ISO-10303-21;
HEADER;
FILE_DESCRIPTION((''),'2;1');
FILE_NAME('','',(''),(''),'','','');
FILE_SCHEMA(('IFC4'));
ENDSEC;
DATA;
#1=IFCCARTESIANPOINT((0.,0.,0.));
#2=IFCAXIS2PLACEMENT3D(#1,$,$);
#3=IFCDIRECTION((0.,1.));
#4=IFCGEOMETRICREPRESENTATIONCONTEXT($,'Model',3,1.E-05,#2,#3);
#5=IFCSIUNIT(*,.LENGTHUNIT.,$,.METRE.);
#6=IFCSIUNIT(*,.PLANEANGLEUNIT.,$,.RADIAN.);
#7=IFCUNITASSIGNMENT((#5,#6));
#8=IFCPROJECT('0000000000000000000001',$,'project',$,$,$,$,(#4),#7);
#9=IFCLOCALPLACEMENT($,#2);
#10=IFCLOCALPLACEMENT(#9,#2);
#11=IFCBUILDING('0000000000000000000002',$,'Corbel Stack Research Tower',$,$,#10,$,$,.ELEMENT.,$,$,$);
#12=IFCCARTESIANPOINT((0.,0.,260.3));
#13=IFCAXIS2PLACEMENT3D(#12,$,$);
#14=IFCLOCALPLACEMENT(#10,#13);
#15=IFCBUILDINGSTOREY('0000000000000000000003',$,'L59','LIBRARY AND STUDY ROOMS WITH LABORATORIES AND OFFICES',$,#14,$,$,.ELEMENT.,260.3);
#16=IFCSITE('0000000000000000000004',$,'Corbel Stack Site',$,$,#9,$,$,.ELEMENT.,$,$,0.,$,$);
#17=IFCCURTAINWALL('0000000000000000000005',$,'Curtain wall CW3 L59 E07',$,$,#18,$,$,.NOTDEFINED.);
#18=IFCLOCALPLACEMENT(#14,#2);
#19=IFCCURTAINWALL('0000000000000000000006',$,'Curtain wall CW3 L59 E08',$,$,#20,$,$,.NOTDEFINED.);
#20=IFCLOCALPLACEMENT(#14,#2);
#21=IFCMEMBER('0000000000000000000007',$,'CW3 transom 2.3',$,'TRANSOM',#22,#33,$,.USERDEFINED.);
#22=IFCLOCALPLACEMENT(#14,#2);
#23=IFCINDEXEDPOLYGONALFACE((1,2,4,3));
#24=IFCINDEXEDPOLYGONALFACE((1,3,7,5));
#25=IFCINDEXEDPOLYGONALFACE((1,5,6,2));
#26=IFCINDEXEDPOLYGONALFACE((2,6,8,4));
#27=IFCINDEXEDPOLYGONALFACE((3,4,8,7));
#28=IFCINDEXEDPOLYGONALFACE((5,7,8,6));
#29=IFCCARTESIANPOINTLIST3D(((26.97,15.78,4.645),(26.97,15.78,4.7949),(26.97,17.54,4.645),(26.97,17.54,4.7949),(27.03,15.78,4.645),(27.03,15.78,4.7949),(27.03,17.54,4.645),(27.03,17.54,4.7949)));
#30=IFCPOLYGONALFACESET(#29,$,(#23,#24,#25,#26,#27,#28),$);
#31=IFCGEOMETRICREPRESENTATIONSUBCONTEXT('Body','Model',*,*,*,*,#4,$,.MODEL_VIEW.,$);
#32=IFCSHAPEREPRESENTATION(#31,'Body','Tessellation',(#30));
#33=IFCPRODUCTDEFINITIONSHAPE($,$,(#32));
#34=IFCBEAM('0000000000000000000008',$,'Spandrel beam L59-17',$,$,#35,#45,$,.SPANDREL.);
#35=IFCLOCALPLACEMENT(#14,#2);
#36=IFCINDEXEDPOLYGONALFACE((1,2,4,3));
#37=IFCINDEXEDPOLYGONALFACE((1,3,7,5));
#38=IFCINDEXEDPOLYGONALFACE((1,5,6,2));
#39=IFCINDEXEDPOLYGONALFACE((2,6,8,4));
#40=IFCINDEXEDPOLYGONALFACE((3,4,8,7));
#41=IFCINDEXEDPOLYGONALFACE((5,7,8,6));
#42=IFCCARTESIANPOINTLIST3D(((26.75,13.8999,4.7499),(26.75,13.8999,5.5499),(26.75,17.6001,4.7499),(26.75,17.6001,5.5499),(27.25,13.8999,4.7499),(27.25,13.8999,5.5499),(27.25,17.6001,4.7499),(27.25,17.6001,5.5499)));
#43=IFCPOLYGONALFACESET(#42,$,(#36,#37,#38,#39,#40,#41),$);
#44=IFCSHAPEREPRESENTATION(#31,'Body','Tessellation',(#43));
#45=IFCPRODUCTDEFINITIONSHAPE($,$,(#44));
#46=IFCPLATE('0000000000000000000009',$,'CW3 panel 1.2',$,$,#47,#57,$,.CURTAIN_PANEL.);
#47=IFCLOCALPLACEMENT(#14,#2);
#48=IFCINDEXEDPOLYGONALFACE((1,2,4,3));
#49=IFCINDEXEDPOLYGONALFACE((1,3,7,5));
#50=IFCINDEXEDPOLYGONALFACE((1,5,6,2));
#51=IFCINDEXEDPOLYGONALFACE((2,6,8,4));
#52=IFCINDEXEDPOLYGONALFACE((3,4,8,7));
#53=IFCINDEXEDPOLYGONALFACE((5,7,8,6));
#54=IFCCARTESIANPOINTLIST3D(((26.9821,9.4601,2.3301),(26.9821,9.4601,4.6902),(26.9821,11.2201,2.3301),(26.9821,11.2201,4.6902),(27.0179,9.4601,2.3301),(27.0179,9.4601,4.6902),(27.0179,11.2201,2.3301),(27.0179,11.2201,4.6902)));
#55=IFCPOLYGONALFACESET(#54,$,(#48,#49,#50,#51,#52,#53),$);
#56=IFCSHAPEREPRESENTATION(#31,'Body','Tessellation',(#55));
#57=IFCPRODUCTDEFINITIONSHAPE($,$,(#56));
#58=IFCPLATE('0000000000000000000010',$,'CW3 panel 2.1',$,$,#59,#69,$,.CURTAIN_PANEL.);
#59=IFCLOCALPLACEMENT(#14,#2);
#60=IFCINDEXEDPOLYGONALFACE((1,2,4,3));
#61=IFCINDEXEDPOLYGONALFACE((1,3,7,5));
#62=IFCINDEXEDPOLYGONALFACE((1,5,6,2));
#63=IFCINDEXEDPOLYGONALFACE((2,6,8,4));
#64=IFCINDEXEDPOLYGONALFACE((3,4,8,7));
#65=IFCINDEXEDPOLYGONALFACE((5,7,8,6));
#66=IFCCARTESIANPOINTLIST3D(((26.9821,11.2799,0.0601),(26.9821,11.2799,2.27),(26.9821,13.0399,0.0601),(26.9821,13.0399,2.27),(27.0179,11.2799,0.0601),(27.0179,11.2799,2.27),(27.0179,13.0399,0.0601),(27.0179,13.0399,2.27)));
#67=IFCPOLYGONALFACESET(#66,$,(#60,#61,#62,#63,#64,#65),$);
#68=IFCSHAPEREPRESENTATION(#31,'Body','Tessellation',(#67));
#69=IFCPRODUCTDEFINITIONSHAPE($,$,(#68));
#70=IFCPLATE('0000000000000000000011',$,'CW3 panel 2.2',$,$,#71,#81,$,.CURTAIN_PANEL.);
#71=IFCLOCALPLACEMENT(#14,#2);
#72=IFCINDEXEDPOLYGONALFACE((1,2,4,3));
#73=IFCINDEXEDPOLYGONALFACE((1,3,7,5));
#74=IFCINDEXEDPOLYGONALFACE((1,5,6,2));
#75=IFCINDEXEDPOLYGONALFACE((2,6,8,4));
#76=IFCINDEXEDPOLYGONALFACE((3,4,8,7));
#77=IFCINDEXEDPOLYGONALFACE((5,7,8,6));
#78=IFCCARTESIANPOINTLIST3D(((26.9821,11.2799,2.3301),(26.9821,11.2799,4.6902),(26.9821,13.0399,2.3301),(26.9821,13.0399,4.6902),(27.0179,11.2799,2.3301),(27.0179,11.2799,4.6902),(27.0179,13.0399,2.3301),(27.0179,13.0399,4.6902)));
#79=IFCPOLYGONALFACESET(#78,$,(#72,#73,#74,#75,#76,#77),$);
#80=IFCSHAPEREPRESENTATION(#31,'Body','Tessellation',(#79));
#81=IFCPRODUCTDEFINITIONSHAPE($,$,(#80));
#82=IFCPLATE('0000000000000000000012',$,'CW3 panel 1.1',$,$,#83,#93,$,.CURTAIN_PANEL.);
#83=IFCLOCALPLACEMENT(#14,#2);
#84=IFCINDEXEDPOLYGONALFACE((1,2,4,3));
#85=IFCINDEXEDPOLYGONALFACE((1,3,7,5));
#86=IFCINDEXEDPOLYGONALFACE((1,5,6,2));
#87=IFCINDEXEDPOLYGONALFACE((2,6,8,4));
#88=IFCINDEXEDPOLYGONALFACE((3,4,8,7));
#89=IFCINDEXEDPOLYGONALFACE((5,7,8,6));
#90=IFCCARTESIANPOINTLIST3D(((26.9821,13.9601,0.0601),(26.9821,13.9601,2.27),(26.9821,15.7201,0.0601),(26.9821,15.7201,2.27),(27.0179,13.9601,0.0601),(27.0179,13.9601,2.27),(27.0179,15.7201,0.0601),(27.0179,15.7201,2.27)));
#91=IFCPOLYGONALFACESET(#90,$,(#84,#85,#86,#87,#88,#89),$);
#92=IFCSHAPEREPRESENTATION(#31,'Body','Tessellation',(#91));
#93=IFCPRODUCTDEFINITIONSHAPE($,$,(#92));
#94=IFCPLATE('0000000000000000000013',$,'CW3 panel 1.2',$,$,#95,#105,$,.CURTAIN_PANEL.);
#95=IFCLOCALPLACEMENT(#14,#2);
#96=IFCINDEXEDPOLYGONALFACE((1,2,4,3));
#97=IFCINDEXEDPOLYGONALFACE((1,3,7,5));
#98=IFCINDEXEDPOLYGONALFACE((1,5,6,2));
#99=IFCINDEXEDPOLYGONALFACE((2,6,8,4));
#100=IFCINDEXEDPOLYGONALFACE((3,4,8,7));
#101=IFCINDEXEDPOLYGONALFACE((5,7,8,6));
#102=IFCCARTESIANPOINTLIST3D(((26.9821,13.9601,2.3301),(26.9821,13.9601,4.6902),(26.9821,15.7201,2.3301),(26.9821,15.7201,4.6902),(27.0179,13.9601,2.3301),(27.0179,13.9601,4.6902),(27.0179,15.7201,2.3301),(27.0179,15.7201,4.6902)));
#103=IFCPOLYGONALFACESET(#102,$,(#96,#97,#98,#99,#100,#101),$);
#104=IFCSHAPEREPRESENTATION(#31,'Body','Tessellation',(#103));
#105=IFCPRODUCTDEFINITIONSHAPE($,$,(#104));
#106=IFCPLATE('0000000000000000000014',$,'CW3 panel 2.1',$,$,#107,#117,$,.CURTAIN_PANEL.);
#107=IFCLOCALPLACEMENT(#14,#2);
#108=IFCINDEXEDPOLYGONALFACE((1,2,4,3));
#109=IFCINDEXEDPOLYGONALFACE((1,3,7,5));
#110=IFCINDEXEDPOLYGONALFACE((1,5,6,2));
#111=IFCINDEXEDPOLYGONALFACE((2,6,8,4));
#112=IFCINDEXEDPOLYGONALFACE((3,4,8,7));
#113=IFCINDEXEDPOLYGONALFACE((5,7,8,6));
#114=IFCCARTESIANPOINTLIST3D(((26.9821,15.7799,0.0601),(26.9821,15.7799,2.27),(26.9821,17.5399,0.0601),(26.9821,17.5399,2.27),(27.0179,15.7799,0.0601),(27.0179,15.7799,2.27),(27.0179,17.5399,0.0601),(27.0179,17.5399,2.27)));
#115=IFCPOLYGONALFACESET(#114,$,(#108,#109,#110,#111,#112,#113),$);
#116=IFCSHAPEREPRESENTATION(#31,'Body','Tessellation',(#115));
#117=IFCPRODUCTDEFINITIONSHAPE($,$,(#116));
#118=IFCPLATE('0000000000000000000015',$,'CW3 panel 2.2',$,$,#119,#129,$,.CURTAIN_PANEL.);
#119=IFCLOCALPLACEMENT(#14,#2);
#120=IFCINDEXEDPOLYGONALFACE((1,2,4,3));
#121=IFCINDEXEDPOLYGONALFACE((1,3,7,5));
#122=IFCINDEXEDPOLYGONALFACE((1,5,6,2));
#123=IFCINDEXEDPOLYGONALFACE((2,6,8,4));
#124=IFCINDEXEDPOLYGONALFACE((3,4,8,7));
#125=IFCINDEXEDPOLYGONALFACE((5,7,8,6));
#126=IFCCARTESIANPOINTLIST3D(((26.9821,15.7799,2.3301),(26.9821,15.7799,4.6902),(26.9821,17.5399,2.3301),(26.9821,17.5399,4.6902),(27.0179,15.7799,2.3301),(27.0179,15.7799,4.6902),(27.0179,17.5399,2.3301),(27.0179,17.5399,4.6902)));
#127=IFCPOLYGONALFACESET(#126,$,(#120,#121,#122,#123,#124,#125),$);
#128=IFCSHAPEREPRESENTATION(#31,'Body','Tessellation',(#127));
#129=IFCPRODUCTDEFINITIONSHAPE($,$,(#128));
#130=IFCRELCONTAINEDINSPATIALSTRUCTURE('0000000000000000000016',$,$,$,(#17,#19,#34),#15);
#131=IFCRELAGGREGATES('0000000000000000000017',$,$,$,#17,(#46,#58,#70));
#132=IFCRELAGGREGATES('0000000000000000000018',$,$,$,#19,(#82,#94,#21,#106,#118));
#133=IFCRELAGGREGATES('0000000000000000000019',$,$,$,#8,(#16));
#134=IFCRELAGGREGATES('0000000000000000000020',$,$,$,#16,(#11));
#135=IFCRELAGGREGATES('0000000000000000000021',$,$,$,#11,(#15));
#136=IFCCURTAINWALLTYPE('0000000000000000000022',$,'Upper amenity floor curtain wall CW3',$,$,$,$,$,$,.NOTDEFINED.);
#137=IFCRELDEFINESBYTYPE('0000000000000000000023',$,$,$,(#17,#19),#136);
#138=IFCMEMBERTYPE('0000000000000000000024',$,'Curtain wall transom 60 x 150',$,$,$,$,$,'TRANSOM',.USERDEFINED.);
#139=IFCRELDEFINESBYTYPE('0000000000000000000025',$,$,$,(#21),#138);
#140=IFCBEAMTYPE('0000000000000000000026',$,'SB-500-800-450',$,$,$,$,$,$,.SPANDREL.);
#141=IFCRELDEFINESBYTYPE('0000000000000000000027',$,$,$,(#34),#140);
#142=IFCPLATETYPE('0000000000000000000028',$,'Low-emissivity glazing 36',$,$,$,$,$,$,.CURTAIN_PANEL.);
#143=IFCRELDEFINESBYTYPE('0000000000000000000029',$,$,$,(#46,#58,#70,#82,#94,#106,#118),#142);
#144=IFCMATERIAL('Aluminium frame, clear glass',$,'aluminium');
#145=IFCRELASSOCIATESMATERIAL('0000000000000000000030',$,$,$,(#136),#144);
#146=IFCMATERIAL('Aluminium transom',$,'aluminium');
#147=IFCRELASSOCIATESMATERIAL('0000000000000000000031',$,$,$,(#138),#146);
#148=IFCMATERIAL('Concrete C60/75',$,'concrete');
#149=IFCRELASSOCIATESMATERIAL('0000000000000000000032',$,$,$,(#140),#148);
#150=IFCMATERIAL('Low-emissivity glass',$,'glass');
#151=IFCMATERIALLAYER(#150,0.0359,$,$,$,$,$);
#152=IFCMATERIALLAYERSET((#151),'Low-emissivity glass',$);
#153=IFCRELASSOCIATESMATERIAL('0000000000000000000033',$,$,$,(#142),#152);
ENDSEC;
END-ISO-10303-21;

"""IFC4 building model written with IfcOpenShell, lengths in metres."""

from ifc_helpers import new_model, si_unit, direction, frame, origin, origin_2d, place, context, subcontext, project, spatial, rectangle, extrude, material, layer, layer_set, material_profile, profile_set, type_object, element, aggregate, save


model = new_model("IFC4")

# Units and contexts
model_context = context("Model", 3, precision=1e-05, world=origin(), true_north=direction((0.0, 1.0)))
body_context = subcontext(model_context, "Body", "Model", "MODEL_VIEW")
ifc_project = project(units=[si_unit("LENGTHUNIT", "METRE"), si_unit("PLANEANGLEUNIT", "RADIAN")], contexts=[model_context])

# Site, building, storey
site_placement = place(None, origin())
site = spatial("IfcSite", under=ifc_project, at=site_placement, Name="Corbel Stack Site", CompositionType="ELEMENT", RefElevation=0.0)
building_placement = place(site_placement, origin())
building = spatial("IfcBuilding", under=site, at=building_placement, Name="Corbel Stack Research Tower", CompositionType="ELEMENT")
storey_placement = place(building_placement, frame((0.0, 0.0, 260.3)))
storey = spatial("IfcBuildingStorey", under=building, at=storey_placement, Name="L59", Description="LIBRARY AND STUDY ROOMS WITH LABORATORIES AND OFFICES", CompositionType="ELEMENT", Elevation=260.3)

# Curtain walls
ifc_material_1 = material(Name="Aluminium frame, clear glass", Category="aluminium")
curtain_wall_type = type_object("IfcCurtainWallType", Name="Upper amenity floor curtain wall CW3", PredefinedType="NOTDEFINED", material=ifc_material_1)
curtain_wall_1_placement = place(storey_placement, origin())
curtain_wall_1 = element("IfcCurtainWall", 1, at=curtain_wall_1_placement, inside=storey, type_object=curtain_wall_type, Name="Curtain wall CW3 L59 E07", PredefinedType="NOTDEFINED")
curtain_wall_2_placement = place(storey_placement, origin())
curtain_wall_2 = element("IfcCurtainWall", 2, at=curtain_wall_2_placement, inside=storey, type_object=curtain_wall_type, Name="Curtain wall CW3 L59 E08", PredefinedType="NOTDEFINED")

# Member
ifc_material_2 = material(Name="Aluminium transom", Category="aluminium")
ifc_material_profile_1 = material_profile(ifc_material_2, rectangle(XDim=0.0601, YDim=0.1499, at=origin_2d()), Name="Transom 60 x 150")
ifc_profile_set_1 = profile_set([ifc_material_profile_1], Name="Aluminium transom")
member_type_1 = type_object("IfcMemberType", Name="Curtain wall transom 60 x 150", ElementType="TRANSOM", PredefinedType="USERDEFINED", material=ifc_profile_set_1)
member_1_placement = place(storey_placement, frame((27.0, 15.78, 4.72), z_axis=(0.0, 1.0, 0.0), x_axis=(-1.0, 0.0, 0.0)))
member_1 = element("IfcMember", 3, at=member_1_placement, type_object=member_type_1, Name="CW3 transom 2.3", ObjectType="TRANSOM", PredefinedType="USERDEFINED", context=body_context, shape_type="SweptSolid", body=[
    extrude(rectangle(XDim=0.0601, YDim=0.1499, at=origin_2d()), origin(), (0.0, 0.0, 1.0), 1.76),
])

# Beam
ifc_material_3 = material(Name="Concrete C60/75", Category="concrete")
ifc_material_profile_2 = material_profile(ifc_material_3, rectangle(XDim=0.5, YDim=0.8, at=origin_2d()), Name="RC 500 x 800")
ifc_profile_set_2 = profile_set([ifc_material_profile_2], Name="Concrete C60/75")
beam_type = type_object("IfcBeamType", Name="SB-500-800-450", PredefinedType="SPANDREL", material=ifc_profile_set_2)
beam_placement = place(storey_placement, frame((27.0, 13.8999, 5.1499), z_axis=(0.0, 1.0, 0.0), x_axis=(-1.0, 0.0, 0.0)))
element("IfcBeam", 4, at=beam_placement, inside=storey, type_object=beam_type, Name="Spandrel beam L59-17", PredefinedType="SPANDREL", context=body_context, shape_type="SweptSolid", body=[
    extrude(rectangle(XDim=0.5, YDim=0.8, at=origin_2d()), origin(), (0.0, 0.0, 1.0), 3.7002),
])

# Plates
ifc_material_4 = material(Name="Low-emissivity glass", Category="glass")
ifc_layer = layer(ifc_material_4, 0.0359)
ifc_layer_set = layer_set([ifc_layer], Name="Low-emissivity glass")
plate_type = type_object("IfcPlateType", Name="Low-emissivity glazing 36", PredefinedType="CURTAIN_PANEL", material=ifc_layer_set)
plate_1_placement = place(storey_placement, frame((27.0, 10.3401, 2.3301), z_axis=(0.0, 0.0, 1.0), x_axis=(0.0, 1.0, 0.0)))
plate_1 = element("IfcPlate", 5, at=plate_1_placement, type_object=plate_type, Name="CW3 panel 1.2", PredefinedType="CURTAIN_PANEL", context=body_context, shape_type="SweptSolid", body=[
    extrude(rectangle(XDim=1.76, YDim=0.0359, at=origin_2d()), origin(), (0.0, 0.0, 1.0), 2.3601),
])
plate_2_placement = place(storey_placement, frame((27.0, 12.1599, 0.0601), z_axis=(0.0, 0.0, 1.0), x_axis=(0.0, 1.0, 0.0)))
plate_2 = element("IfcPlate", 6, at=plate_2_placement, type_object=plate_type, Name="CW3 panel 2.1", PredefinedType="CURTAIN_PANEL", context=body_context, shape_type="SweptSolid", body=[
    extrude(rectangle(XDim=1.76, YDim=0.0359, at=origin_2d()), origin(), (0.0, 0.0, 1.0), 2.21),
])
plate_3_placement = place(storey_placement, frame((27.0, 12.1599, 2.3301), z_axis=(0.0, 0.0, 1.0), x_axis=(0.0, 1.0, 0.0)))
plate_3 = element("IfcPlate", 7, at=plate_3_placement, type_object=plate_type, Name="CW3 panel 2.2", PredefinedType="CURTAIN_PANEL", context=body_context, shape_type="SweptSolid", body=[
    extrude(rectangle(XDim=1.76, YDim=0.0359, at=origin_2d()), origin(), (0.0, 0.0, 1.0), 2.3601),
])
aggregate(curtain_wall_1, [plate_1, plate_2, plate_3])
plate_4_placement = place(storey_placement, frame((27.0, 14.8401, 0.0601), z_axis=(0.0, 0.0, 1.0), x_axis=(0.0, 1.0, 0.0)))
plate_4 = element("IfcPlate", 8, at=plate_4_placement, type_object=plate_type, Name="CW3 panel 1.1", PredefinedType="CURTAIN_PANEL", context=body_context, shape_type="SweptSolid", body=[
    extrude(rectangle(XDim=1.76, YDim=0.0359, at=origin_2d()), origin(), (0.0, 0.0, 1.0), 2.21),
])
plate_5_placement = place(storey_placement, frame((27.0, 14.8401, 2.3301), z_axis=(0.0, 0.0, 1.0), x_axis=(0.0, 1.0, 0.0)))
plate_5 = element("IfcPlate", 9, at=plate_5_placement, type_object=plate_type, Name="CW3 panel 1.2", PredefinedType="CURTAIN_PANEL", context=body_context, shape_type="SweptSolid", body=[
    extrude(rectangle(XDim=1.76, YDim=0.0359, at=origin_2d()), origin(), (0.0, 0.0, 1.0), 2.3601),
])
plate_6_placement = place(storey_placement, frame((27.0, 16.6599, 0.0601), z_axis=(0.0, 0.0, 1.0), x_axis=(0.0, 1.0, 0.0)))
plate_6 = element("IfcPlate", 10, at=plate_6_placement, type_object=plate_type, Name="CW3 panel 2.1", PredefinedType="CURTAIN_PANEL", context=body_context, shape_type="SweptSolid", body=[
    extrude(rectangle(XDim=1.76, YDim=0.0359, at=origin_2d()), origin(), (0.0, 0.0, 1.0), 2.21),
])
plate_7_placement = place(storey_placement, frame((27.0, 16.6599, 2.3301), z_axis=(0.0, 0.0, 1.0), x_axis=(0.0, 1.0, 0.0)))
plate_7 = element("IfcPlate", 11, at=plate_7_placement, type_object=plate_type, Name="CW3 panel 2.2", PredefinedType="CURTAIN_PANEL", context=body_context, shape_type="SweptSolid", body=[
    extrude(rectangle(XDim=1.76, YDim=0.0359, at=origin_2d()), origin(), (0.0, 0.0, 1.0), 2.3601),
])
aggregate(curtain_wall_2, [plate_4, plate_5, member_1, plate_6, plate_7])

save(model, "model.ifc")
